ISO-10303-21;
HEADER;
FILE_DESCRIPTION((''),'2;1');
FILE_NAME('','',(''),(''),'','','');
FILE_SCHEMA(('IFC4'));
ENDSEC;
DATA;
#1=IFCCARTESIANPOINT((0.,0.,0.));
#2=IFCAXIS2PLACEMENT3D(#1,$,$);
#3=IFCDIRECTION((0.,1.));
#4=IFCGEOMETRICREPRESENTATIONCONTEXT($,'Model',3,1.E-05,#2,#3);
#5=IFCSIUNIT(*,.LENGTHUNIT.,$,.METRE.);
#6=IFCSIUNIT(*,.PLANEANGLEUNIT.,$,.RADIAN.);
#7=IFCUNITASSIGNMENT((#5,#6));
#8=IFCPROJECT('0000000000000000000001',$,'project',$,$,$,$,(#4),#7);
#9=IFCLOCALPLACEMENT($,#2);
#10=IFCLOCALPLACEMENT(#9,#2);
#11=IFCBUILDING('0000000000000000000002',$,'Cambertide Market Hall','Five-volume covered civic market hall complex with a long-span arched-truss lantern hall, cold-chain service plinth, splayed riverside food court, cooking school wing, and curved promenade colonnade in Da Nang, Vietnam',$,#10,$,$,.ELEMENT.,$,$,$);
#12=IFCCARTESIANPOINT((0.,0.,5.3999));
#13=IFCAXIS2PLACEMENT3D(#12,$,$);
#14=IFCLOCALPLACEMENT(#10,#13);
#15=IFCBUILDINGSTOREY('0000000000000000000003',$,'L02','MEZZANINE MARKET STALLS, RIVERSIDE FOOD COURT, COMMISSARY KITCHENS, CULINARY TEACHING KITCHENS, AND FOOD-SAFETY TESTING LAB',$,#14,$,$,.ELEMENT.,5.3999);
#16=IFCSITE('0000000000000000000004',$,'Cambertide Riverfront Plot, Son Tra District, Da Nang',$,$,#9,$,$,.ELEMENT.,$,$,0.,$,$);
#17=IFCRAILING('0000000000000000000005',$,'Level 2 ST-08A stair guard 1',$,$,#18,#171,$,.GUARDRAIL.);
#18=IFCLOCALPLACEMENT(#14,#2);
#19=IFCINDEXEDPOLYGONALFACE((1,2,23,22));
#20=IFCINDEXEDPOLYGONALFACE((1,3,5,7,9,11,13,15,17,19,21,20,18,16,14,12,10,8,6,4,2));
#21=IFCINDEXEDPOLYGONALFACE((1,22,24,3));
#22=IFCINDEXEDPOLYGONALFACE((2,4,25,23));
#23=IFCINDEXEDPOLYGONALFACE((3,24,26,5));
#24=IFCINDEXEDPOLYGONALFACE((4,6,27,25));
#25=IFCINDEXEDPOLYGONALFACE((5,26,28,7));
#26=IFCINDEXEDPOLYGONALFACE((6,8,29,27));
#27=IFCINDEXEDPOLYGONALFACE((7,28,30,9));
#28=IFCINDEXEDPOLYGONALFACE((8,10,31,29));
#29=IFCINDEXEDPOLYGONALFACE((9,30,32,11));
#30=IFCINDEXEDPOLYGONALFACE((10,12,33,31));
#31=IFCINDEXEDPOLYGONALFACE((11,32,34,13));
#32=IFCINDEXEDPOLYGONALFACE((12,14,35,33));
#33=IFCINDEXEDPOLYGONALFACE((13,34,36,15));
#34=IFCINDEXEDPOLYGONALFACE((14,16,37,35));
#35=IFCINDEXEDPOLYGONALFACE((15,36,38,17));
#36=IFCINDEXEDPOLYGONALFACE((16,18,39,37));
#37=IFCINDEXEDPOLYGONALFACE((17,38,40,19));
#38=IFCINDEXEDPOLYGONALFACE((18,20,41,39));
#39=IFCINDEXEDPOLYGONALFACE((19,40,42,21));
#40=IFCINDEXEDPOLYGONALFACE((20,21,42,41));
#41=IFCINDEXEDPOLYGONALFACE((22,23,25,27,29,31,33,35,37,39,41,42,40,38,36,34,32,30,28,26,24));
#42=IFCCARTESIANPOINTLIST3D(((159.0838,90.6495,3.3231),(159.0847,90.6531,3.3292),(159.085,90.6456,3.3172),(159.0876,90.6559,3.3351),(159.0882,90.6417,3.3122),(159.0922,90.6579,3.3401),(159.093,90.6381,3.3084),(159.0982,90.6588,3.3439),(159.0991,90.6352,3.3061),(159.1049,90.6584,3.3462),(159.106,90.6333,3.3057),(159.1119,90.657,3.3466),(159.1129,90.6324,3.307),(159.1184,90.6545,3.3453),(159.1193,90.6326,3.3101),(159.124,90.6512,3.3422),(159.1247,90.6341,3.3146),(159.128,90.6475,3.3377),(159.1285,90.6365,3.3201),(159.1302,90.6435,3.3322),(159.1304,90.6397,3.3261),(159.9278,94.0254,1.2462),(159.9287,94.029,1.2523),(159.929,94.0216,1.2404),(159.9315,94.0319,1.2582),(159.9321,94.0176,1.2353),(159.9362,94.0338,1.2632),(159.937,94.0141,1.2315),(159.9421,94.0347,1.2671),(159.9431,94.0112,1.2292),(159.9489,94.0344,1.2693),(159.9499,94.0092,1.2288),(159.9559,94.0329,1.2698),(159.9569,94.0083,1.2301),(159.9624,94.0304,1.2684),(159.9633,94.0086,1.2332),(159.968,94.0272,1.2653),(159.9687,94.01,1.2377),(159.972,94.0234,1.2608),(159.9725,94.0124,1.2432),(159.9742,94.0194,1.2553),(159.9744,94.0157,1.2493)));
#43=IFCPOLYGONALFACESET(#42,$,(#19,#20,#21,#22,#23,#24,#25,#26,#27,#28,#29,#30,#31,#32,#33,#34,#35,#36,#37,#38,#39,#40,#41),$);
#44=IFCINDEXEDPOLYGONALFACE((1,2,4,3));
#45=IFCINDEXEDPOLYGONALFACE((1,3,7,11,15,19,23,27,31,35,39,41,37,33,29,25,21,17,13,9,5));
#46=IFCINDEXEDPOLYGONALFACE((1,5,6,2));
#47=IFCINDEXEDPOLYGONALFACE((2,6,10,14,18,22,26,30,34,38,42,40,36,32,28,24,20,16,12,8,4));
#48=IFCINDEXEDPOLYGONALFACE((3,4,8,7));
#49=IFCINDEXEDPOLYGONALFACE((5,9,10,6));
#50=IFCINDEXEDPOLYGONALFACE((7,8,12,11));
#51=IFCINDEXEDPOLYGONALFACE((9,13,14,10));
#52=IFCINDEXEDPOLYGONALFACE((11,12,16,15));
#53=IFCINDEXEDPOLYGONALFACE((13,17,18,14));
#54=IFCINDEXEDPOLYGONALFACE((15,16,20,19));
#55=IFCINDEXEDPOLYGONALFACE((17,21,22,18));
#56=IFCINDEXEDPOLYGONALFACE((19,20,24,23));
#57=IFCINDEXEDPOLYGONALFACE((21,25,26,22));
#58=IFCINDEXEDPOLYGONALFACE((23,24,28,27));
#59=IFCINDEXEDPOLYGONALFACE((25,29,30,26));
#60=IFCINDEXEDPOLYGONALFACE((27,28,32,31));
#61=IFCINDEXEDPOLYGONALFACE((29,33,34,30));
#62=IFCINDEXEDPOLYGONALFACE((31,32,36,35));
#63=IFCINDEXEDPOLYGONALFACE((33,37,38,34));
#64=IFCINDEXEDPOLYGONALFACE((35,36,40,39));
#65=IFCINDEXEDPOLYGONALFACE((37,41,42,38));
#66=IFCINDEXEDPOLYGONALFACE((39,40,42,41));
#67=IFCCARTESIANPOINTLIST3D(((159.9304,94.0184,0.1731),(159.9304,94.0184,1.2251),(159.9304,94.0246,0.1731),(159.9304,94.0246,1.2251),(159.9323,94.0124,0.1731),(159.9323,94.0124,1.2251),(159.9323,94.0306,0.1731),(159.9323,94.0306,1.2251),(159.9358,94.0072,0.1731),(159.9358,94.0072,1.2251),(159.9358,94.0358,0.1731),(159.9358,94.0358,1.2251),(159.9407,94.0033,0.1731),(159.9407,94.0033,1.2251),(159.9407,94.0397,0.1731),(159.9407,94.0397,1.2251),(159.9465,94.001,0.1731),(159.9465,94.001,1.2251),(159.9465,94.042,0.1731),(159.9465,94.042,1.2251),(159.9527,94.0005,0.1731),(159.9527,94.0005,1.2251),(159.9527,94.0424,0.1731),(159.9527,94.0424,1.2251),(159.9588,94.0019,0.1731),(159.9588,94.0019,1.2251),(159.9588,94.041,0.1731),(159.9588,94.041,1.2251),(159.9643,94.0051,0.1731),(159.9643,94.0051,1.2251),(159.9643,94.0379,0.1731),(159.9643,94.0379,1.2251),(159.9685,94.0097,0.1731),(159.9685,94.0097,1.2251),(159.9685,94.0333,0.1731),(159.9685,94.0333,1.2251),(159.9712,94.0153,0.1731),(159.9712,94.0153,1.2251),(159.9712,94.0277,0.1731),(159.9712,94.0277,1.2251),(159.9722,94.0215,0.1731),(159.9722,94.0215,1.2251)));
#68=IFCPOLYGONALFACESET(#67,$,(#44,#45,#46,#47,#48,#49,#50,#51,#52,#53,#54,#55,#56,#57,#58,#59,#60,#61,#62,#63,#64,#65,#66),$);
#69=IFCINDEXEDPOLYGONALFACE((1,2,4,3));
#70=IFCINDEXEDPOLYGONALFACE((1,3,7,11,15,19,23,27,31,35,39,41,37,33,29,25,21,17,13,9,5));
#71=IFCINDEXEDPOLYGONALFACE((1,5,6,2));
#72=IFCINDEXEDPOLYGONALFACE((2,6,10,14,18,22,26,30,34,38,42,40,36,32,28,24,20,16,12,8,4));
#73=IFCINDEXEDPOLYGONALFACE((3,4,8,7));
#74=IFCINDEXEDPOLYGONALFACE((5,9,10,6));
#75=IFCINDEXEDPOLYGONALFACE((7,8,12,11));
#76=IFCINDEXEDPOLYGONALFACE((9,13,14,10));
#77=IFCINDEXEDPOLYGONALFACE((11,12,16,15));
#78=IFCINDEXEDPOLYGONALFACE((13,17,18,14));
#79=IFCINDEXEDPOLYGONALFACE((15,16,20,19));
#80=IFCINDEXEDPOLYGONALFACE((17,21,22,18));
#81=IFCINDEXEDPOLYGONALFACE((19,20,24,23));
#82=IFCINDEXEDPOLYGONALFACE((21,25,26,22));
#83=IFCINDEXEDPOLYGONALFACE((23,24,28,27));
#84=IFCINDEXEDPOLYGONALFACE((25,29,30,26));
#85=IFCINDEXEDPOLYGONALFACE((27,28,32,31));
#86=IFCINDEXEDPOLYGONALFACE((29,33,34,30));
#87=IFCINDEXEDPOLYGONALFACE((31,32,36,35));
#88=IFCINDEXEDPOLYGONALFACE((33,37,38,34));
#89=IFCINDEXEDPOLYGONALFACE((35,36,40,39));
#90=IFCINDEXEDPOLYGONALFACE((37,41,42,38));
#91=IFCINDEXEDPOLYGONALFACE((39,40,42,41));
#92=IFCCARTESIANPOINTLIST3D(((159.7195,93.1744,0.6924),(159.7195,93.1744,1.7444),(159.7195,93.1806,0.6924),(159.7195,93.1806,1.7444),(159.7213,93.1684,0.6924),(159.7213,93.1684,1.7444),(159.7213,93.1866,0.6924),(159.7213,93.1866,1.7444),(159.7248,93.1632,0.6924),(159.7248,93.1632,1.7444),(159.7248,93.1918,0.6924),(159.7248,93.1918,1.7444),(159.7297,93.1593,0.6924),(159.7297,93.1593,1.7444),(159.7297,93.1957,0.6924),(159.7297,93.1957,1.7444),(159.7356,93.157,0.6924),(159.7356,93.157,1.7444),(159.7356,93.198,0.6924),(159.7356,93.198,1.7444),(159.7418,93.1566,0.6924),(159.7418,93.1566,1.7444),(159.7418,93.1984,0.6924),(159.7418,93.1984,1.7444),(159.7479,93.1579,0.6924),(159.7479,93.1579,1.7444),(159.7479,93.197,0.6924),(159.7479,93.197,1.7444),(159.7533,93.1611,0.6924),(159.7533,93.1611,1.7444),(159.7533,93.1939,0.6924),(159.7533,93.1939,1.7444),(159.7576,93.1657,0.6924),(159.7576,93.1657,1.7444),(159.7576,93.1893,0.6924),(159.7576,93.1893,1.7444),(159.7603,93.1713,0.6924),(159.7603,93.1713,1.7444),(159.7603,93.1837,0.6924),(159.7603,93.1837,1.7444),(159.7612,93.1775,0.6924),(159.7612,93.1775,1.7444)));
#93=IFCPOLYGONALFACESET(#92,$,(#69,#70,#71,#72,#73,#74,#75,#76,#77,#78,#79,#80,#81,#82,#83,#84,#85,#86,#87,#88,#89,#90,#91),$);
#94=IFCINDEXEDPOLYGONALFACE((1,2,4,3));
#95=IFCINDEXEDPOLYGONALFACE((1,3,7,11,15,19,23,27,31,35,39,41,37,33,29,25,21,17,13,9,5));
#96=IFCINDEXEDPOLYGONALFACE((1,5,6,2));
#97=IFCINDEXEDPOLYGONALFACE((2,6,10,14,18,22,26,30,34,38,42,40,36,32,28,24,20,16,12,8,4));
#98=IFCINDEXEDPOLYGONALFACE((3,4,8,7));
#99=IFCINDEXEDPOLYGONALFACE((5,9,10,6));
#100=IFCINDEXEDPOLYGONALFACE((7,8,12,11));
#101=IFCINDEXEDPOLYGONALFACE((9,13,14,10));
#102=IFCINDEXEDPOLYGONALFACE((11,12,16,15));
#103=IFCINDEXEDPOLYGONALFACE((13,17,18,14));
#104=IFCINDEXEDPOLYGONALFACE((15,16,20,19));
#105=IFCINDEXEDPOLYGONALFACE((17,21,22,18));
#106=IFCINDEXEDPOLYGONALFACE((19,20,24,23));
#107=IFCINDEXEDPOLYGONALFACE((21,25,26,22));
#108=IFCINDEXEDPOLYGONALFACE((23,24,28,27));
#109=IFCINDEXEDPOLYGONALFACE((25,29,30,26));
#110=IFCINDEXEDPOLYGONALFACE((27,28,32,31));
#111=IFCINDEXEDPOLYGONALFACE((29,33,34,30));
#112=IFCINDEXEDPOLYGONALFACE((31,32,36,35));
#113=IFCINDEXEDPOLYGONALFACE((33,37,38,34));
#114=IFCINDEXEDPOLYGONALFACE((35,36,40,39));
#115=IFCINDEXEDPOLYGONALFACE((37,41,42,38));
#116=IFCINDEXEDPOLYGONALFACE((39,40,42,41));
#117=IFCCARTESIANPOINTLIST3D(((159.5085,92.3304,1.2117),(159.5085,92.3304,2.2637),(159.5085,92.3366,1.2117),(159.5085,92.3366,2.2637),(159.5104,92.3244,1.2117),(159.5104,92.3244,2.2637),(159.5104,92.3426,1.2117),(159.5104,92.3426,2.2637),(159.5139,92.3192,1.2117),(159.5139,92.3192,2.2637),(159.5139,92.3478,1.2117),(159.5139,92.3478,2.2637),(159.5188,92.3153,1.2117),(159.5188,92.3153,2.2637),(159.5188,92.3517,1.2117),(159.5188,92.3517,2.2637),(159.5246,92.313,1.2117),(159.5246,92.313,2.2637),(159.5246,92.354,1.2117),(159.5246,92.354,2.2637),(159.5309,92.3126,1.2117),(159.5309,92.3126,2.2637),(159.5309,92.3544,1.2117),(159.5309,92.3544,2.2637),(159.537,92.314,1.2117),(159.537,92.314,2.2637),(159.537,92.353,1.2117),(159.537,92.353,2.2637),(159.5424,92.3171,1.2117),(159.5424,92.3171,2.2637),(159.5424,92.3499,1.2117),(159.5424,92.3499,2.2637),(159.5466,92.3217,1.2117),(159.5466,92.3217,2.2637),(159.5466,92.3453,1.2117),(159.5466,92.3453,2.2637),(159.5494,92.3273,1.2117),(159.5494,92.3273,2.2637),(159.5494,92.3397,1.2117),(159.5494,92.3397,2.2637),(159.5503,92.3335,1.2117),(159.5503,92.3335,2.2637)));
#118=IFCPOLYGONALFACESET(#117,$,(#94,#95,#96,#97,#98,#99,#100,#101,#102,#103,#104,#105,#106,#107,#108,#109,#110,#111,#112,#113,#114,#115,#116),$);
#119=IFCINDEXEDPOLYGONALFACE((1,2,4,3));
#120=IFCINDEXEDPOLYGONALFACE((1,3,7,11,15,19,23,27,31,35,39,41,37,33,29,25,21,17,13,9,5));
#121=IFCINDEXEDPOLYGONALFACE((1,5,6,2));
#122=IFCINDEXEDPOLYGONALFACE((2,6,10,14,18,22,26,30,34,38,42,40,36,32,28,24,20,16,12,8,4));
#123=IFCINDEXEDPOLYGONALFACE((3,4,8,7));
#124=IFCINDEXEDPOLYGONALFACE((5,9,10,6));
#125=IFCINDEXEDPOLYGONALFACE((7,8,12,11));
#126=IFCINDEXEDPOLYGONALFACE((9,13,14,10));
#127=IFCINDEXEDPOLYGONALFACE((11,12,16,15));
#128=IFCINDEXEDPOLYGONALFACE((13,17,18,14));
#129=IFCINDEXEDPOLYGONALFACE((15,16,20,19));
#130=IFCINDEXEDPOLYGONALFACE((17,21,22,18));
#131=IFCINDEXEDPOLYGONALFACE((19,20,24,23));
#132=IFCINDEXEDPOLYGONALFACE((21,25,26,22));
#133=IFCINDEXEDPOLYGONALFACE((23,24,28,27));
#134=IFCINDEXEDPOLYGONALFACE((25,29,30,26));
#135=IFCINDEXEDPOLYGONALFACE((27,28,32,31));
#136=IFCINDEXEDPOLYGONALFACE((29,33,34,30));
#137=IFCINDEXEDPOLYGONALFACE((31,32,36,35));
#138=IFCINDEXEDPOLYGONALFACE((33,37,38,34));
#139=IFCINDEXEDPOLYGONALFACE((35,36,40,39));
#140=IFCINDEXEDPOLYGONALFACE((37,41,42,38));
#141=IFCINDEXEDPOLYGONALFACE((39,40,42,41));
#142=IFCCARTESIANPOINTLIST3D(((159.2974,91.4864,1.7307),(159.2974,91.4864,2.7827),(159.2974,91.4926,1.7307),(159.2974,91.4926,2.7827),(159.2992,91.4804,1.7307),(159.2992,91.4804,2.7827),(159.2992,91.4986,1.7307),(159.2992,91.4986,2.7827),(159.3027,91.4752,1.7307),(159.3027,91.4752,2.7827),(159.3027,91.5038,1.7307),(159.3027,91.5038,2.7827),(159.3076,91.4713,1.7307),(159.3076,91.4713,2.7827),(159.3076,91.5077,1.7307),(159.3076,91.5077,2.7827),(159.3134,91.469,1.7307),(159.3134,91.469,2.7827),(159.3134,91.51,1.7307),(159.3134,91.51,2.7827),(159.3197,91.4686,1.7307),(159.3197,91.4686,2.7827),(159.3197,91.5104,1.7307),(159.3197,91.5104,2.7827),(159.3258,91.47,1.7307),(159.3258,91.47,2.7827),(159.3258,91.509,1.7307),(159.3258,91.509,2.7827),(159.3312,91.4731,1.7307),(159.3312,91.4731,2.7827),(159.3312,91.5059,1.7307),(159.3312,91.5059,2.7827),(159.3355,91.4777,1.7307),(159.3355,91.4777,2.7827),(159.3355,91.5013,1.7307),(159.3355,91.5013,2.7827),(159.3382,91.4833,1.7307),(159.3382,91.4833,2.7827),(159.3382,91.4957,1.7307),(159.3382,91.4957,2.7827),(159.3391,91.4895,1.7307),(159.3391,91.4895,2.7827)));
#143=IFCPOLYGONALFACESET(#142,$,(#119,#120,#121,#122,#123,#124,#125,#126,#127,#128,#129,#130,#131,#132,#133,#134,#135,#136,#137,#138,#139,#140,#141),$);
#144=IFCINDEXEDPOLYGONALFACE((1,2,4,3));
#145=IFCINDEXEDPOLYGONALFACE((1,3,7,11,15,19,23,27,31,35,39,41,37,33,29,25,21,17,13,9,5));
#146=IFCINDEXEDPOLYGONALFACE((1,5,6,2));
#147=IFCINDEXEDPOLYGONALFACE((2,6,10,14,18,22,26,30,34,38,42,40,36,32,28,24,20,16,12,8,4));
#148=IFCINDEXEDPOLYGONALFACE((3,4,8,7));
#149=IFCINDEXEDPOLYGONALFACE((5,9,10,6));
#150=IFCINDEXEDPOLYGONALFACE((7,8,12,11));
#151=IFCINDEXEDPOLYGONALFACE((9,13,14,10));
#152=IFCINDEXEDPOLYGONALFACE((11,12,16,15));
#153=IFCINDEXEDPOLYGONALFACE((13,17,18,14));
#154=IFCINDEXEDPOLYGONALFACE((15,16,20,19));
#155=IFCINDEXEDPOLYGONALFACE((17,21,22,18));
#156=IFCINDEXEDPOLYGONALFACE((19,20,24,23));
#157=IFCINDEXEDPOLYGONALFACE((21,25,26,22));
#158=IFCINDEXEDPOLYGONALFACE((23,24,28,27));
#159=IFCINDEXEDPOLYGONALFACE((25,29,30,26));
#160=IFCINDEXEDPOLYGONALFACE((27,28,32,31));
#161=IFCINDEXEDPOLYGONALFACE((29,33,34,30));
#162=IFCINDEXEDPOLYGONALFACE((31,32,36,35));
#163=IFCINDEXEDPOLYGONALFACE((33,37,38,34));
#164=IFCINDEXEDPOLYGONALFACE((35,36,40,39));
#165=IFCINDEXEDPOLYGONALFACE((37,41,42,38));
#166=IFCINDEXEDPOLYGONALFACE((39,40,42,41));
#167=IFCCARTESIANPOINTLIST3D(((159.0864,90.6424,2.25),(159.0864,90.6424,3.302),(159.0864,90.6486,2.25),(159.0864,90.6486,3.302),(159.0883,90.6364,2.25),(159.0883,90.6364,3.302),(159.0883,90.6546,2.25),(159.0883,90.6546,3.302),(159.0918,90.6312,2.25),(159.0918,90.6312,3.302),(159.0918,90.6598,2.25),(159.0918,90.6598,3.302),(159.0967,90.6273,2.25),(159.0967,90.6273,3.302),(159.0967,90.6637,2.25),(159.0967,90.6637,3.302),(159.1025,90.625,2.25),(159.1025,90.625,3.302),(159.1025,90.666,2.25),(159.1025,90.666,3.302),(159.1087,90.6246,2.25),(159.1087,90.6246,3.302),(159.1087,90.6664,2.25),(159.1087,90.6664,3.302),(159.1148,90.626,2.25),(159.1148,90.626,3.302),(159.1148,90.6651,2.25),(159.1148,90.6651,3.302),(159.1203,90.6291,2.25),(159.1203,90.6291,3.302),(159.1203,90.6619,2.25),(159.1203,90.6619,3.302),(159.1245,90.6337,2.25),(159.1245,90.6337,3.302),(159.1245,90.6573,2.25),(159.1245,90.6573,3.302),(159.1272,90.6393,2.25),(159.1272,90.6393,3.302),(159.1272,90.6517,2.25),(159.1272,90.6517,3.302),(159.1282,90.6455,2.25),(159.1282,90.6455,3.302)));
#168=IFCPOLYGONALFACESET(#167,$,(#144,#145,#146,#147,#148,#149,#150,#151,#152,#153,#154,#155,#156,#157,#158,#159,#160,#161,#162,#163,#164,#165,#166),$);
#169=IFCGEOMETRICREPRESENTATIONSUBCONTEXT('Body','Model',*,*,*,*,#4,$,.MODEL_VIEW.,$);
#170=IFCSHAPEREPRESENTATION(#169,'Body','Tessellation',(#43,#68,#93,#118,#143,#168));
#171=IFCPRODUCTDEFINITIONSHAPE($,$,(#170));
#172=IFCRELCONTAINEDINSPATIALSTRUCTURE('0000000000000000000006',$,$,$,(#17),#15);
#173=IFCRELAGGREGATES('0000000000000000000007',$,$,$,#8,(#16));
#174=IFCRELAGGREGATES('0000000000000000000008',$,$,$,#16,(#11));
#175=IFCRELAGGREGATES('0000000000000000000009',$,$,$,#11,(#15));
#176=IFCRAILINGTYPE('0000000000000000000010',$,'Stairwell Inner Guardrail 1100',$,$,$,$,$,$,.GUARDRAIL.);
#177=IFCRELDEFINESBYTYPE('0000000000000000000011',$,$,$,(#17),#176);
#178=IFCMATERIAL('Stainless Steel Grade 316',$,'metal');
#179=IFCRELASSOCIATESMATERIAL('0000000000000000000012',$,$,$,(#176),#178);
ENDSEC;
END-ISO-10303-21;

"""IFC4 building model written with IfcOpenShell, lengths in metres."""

from ifc_helpers import new_model, si_unit, direction, frame, origin, origin_2d, place, context, subcontext, project, spatial, circle, extrude, material, type_object, element, save


model = new_model("IFC4")

# Units and contexts
model_context = context("Model", 3, precision=1e-05, world=origin(), true_north=direction((0.0, 1.0)))
body_context = subcontext(model_context, "Body", "Model", "MODEL_VIEW")
ifc_project = project(units=[si_unit("LENGTHUNIT", "METRE"), si_unit("PLANEANGLEUNIT", "RADIAN")], contexts=[model_context])

# Site, building, storey
site_placement = place(None, origin())
site = spatial("IfcSite", under=ifc_project, at=site_placement, Name="Cambertide Riverfront Plot, Son Tra District, Da Nang", CompositionType="ELEMENT", RefElevation=0.0)
building_placement = place(site_placement, origin())
building = spatial("IfcBuilding", under=site, at=building_placement, Name="Cambertide Market Hall", Description="Five-volume covered civic market hall complex with a long-span arched-truss lantern hall, cold-chain service plinth, splayed riverside food court, cooking school wing, and curved promenade colonnade in Da Nang, Vietnam", CompositionType="ELEMENT")
storey_placement = place(building_placement, frame((0.0, 0.0, 5.3999)))
storey = spatial("IfcBuildingStorey", under=building, at=storey_placement, Name="L02", Description="MEZZANINE MARKET STALLS, RIVERSIDE FOOD COURT, COMMISSARY KITCHENS, CULINARY TEACHING KITCHENS, AND FOOD-SAFETY TESTING LAB", CompositionType="ELEMENT", Elevation=5.3999)

# Railing
ifc_material_1 = material(Name="Stainless Steel Grade 316", Category="metal")
railing_type_1 = type_object("IfcRailingType", Name="Stairwell Inner Guardrail 1100", PredefinedType="GUARDRAIL", material=ifc_material_1)
railing_1_placement = place(storey_placement, frame((159.9512, 94.0215, 0.1731)))
element("IfcRailing", 1, at=railing_1_placement, inside=storey, type_object=railing_type_1, Name="Level 2 ST-08A stair guard 1", PredefinedType="GUARDRAIL", context=body_context, shape_type="SweptSolid", body=[
    extrude(circle(Radius=0.0239, at=origin_2d()), frame((0.0, 0.0, 1.0762), z_axis=(-0.208263, -0.833052, 0.512495), x_axis=(0.970143, -0.242536, 0.0)), (0.0, 0.0, 1.0), 4.0525),
    extrude(circle(Radius=0.021, at=origin_2d()), origin(), (0.0, 0.0, 1.0), 1.052),
    extrude(circle(Radius=0.021, at=origin_2d()), frame((-0.2109, -0.844, 0.5193)), (0.0, 0.0, 1.0), 1.052),
    extrude(circle(Radius=0.021, at=origin_2d()), frame((-0.4219, -1.688, 1.0386)), (0.0, 0.0, 1.0), 1.052),
    extrude(circle(Radius=0.021, at=origin_2d()), frame((-0.6331, -2.532, 1.5576)), (0.0, 0.0, 1.0), 1.052),
    extrude(circle(Radius=0.021, at=origin_2d()), frame((-0.844, -3.376, 2.0769)), (0.0, 0.0, 1.0), 1.052),
])

save(model, "model.ifc")
